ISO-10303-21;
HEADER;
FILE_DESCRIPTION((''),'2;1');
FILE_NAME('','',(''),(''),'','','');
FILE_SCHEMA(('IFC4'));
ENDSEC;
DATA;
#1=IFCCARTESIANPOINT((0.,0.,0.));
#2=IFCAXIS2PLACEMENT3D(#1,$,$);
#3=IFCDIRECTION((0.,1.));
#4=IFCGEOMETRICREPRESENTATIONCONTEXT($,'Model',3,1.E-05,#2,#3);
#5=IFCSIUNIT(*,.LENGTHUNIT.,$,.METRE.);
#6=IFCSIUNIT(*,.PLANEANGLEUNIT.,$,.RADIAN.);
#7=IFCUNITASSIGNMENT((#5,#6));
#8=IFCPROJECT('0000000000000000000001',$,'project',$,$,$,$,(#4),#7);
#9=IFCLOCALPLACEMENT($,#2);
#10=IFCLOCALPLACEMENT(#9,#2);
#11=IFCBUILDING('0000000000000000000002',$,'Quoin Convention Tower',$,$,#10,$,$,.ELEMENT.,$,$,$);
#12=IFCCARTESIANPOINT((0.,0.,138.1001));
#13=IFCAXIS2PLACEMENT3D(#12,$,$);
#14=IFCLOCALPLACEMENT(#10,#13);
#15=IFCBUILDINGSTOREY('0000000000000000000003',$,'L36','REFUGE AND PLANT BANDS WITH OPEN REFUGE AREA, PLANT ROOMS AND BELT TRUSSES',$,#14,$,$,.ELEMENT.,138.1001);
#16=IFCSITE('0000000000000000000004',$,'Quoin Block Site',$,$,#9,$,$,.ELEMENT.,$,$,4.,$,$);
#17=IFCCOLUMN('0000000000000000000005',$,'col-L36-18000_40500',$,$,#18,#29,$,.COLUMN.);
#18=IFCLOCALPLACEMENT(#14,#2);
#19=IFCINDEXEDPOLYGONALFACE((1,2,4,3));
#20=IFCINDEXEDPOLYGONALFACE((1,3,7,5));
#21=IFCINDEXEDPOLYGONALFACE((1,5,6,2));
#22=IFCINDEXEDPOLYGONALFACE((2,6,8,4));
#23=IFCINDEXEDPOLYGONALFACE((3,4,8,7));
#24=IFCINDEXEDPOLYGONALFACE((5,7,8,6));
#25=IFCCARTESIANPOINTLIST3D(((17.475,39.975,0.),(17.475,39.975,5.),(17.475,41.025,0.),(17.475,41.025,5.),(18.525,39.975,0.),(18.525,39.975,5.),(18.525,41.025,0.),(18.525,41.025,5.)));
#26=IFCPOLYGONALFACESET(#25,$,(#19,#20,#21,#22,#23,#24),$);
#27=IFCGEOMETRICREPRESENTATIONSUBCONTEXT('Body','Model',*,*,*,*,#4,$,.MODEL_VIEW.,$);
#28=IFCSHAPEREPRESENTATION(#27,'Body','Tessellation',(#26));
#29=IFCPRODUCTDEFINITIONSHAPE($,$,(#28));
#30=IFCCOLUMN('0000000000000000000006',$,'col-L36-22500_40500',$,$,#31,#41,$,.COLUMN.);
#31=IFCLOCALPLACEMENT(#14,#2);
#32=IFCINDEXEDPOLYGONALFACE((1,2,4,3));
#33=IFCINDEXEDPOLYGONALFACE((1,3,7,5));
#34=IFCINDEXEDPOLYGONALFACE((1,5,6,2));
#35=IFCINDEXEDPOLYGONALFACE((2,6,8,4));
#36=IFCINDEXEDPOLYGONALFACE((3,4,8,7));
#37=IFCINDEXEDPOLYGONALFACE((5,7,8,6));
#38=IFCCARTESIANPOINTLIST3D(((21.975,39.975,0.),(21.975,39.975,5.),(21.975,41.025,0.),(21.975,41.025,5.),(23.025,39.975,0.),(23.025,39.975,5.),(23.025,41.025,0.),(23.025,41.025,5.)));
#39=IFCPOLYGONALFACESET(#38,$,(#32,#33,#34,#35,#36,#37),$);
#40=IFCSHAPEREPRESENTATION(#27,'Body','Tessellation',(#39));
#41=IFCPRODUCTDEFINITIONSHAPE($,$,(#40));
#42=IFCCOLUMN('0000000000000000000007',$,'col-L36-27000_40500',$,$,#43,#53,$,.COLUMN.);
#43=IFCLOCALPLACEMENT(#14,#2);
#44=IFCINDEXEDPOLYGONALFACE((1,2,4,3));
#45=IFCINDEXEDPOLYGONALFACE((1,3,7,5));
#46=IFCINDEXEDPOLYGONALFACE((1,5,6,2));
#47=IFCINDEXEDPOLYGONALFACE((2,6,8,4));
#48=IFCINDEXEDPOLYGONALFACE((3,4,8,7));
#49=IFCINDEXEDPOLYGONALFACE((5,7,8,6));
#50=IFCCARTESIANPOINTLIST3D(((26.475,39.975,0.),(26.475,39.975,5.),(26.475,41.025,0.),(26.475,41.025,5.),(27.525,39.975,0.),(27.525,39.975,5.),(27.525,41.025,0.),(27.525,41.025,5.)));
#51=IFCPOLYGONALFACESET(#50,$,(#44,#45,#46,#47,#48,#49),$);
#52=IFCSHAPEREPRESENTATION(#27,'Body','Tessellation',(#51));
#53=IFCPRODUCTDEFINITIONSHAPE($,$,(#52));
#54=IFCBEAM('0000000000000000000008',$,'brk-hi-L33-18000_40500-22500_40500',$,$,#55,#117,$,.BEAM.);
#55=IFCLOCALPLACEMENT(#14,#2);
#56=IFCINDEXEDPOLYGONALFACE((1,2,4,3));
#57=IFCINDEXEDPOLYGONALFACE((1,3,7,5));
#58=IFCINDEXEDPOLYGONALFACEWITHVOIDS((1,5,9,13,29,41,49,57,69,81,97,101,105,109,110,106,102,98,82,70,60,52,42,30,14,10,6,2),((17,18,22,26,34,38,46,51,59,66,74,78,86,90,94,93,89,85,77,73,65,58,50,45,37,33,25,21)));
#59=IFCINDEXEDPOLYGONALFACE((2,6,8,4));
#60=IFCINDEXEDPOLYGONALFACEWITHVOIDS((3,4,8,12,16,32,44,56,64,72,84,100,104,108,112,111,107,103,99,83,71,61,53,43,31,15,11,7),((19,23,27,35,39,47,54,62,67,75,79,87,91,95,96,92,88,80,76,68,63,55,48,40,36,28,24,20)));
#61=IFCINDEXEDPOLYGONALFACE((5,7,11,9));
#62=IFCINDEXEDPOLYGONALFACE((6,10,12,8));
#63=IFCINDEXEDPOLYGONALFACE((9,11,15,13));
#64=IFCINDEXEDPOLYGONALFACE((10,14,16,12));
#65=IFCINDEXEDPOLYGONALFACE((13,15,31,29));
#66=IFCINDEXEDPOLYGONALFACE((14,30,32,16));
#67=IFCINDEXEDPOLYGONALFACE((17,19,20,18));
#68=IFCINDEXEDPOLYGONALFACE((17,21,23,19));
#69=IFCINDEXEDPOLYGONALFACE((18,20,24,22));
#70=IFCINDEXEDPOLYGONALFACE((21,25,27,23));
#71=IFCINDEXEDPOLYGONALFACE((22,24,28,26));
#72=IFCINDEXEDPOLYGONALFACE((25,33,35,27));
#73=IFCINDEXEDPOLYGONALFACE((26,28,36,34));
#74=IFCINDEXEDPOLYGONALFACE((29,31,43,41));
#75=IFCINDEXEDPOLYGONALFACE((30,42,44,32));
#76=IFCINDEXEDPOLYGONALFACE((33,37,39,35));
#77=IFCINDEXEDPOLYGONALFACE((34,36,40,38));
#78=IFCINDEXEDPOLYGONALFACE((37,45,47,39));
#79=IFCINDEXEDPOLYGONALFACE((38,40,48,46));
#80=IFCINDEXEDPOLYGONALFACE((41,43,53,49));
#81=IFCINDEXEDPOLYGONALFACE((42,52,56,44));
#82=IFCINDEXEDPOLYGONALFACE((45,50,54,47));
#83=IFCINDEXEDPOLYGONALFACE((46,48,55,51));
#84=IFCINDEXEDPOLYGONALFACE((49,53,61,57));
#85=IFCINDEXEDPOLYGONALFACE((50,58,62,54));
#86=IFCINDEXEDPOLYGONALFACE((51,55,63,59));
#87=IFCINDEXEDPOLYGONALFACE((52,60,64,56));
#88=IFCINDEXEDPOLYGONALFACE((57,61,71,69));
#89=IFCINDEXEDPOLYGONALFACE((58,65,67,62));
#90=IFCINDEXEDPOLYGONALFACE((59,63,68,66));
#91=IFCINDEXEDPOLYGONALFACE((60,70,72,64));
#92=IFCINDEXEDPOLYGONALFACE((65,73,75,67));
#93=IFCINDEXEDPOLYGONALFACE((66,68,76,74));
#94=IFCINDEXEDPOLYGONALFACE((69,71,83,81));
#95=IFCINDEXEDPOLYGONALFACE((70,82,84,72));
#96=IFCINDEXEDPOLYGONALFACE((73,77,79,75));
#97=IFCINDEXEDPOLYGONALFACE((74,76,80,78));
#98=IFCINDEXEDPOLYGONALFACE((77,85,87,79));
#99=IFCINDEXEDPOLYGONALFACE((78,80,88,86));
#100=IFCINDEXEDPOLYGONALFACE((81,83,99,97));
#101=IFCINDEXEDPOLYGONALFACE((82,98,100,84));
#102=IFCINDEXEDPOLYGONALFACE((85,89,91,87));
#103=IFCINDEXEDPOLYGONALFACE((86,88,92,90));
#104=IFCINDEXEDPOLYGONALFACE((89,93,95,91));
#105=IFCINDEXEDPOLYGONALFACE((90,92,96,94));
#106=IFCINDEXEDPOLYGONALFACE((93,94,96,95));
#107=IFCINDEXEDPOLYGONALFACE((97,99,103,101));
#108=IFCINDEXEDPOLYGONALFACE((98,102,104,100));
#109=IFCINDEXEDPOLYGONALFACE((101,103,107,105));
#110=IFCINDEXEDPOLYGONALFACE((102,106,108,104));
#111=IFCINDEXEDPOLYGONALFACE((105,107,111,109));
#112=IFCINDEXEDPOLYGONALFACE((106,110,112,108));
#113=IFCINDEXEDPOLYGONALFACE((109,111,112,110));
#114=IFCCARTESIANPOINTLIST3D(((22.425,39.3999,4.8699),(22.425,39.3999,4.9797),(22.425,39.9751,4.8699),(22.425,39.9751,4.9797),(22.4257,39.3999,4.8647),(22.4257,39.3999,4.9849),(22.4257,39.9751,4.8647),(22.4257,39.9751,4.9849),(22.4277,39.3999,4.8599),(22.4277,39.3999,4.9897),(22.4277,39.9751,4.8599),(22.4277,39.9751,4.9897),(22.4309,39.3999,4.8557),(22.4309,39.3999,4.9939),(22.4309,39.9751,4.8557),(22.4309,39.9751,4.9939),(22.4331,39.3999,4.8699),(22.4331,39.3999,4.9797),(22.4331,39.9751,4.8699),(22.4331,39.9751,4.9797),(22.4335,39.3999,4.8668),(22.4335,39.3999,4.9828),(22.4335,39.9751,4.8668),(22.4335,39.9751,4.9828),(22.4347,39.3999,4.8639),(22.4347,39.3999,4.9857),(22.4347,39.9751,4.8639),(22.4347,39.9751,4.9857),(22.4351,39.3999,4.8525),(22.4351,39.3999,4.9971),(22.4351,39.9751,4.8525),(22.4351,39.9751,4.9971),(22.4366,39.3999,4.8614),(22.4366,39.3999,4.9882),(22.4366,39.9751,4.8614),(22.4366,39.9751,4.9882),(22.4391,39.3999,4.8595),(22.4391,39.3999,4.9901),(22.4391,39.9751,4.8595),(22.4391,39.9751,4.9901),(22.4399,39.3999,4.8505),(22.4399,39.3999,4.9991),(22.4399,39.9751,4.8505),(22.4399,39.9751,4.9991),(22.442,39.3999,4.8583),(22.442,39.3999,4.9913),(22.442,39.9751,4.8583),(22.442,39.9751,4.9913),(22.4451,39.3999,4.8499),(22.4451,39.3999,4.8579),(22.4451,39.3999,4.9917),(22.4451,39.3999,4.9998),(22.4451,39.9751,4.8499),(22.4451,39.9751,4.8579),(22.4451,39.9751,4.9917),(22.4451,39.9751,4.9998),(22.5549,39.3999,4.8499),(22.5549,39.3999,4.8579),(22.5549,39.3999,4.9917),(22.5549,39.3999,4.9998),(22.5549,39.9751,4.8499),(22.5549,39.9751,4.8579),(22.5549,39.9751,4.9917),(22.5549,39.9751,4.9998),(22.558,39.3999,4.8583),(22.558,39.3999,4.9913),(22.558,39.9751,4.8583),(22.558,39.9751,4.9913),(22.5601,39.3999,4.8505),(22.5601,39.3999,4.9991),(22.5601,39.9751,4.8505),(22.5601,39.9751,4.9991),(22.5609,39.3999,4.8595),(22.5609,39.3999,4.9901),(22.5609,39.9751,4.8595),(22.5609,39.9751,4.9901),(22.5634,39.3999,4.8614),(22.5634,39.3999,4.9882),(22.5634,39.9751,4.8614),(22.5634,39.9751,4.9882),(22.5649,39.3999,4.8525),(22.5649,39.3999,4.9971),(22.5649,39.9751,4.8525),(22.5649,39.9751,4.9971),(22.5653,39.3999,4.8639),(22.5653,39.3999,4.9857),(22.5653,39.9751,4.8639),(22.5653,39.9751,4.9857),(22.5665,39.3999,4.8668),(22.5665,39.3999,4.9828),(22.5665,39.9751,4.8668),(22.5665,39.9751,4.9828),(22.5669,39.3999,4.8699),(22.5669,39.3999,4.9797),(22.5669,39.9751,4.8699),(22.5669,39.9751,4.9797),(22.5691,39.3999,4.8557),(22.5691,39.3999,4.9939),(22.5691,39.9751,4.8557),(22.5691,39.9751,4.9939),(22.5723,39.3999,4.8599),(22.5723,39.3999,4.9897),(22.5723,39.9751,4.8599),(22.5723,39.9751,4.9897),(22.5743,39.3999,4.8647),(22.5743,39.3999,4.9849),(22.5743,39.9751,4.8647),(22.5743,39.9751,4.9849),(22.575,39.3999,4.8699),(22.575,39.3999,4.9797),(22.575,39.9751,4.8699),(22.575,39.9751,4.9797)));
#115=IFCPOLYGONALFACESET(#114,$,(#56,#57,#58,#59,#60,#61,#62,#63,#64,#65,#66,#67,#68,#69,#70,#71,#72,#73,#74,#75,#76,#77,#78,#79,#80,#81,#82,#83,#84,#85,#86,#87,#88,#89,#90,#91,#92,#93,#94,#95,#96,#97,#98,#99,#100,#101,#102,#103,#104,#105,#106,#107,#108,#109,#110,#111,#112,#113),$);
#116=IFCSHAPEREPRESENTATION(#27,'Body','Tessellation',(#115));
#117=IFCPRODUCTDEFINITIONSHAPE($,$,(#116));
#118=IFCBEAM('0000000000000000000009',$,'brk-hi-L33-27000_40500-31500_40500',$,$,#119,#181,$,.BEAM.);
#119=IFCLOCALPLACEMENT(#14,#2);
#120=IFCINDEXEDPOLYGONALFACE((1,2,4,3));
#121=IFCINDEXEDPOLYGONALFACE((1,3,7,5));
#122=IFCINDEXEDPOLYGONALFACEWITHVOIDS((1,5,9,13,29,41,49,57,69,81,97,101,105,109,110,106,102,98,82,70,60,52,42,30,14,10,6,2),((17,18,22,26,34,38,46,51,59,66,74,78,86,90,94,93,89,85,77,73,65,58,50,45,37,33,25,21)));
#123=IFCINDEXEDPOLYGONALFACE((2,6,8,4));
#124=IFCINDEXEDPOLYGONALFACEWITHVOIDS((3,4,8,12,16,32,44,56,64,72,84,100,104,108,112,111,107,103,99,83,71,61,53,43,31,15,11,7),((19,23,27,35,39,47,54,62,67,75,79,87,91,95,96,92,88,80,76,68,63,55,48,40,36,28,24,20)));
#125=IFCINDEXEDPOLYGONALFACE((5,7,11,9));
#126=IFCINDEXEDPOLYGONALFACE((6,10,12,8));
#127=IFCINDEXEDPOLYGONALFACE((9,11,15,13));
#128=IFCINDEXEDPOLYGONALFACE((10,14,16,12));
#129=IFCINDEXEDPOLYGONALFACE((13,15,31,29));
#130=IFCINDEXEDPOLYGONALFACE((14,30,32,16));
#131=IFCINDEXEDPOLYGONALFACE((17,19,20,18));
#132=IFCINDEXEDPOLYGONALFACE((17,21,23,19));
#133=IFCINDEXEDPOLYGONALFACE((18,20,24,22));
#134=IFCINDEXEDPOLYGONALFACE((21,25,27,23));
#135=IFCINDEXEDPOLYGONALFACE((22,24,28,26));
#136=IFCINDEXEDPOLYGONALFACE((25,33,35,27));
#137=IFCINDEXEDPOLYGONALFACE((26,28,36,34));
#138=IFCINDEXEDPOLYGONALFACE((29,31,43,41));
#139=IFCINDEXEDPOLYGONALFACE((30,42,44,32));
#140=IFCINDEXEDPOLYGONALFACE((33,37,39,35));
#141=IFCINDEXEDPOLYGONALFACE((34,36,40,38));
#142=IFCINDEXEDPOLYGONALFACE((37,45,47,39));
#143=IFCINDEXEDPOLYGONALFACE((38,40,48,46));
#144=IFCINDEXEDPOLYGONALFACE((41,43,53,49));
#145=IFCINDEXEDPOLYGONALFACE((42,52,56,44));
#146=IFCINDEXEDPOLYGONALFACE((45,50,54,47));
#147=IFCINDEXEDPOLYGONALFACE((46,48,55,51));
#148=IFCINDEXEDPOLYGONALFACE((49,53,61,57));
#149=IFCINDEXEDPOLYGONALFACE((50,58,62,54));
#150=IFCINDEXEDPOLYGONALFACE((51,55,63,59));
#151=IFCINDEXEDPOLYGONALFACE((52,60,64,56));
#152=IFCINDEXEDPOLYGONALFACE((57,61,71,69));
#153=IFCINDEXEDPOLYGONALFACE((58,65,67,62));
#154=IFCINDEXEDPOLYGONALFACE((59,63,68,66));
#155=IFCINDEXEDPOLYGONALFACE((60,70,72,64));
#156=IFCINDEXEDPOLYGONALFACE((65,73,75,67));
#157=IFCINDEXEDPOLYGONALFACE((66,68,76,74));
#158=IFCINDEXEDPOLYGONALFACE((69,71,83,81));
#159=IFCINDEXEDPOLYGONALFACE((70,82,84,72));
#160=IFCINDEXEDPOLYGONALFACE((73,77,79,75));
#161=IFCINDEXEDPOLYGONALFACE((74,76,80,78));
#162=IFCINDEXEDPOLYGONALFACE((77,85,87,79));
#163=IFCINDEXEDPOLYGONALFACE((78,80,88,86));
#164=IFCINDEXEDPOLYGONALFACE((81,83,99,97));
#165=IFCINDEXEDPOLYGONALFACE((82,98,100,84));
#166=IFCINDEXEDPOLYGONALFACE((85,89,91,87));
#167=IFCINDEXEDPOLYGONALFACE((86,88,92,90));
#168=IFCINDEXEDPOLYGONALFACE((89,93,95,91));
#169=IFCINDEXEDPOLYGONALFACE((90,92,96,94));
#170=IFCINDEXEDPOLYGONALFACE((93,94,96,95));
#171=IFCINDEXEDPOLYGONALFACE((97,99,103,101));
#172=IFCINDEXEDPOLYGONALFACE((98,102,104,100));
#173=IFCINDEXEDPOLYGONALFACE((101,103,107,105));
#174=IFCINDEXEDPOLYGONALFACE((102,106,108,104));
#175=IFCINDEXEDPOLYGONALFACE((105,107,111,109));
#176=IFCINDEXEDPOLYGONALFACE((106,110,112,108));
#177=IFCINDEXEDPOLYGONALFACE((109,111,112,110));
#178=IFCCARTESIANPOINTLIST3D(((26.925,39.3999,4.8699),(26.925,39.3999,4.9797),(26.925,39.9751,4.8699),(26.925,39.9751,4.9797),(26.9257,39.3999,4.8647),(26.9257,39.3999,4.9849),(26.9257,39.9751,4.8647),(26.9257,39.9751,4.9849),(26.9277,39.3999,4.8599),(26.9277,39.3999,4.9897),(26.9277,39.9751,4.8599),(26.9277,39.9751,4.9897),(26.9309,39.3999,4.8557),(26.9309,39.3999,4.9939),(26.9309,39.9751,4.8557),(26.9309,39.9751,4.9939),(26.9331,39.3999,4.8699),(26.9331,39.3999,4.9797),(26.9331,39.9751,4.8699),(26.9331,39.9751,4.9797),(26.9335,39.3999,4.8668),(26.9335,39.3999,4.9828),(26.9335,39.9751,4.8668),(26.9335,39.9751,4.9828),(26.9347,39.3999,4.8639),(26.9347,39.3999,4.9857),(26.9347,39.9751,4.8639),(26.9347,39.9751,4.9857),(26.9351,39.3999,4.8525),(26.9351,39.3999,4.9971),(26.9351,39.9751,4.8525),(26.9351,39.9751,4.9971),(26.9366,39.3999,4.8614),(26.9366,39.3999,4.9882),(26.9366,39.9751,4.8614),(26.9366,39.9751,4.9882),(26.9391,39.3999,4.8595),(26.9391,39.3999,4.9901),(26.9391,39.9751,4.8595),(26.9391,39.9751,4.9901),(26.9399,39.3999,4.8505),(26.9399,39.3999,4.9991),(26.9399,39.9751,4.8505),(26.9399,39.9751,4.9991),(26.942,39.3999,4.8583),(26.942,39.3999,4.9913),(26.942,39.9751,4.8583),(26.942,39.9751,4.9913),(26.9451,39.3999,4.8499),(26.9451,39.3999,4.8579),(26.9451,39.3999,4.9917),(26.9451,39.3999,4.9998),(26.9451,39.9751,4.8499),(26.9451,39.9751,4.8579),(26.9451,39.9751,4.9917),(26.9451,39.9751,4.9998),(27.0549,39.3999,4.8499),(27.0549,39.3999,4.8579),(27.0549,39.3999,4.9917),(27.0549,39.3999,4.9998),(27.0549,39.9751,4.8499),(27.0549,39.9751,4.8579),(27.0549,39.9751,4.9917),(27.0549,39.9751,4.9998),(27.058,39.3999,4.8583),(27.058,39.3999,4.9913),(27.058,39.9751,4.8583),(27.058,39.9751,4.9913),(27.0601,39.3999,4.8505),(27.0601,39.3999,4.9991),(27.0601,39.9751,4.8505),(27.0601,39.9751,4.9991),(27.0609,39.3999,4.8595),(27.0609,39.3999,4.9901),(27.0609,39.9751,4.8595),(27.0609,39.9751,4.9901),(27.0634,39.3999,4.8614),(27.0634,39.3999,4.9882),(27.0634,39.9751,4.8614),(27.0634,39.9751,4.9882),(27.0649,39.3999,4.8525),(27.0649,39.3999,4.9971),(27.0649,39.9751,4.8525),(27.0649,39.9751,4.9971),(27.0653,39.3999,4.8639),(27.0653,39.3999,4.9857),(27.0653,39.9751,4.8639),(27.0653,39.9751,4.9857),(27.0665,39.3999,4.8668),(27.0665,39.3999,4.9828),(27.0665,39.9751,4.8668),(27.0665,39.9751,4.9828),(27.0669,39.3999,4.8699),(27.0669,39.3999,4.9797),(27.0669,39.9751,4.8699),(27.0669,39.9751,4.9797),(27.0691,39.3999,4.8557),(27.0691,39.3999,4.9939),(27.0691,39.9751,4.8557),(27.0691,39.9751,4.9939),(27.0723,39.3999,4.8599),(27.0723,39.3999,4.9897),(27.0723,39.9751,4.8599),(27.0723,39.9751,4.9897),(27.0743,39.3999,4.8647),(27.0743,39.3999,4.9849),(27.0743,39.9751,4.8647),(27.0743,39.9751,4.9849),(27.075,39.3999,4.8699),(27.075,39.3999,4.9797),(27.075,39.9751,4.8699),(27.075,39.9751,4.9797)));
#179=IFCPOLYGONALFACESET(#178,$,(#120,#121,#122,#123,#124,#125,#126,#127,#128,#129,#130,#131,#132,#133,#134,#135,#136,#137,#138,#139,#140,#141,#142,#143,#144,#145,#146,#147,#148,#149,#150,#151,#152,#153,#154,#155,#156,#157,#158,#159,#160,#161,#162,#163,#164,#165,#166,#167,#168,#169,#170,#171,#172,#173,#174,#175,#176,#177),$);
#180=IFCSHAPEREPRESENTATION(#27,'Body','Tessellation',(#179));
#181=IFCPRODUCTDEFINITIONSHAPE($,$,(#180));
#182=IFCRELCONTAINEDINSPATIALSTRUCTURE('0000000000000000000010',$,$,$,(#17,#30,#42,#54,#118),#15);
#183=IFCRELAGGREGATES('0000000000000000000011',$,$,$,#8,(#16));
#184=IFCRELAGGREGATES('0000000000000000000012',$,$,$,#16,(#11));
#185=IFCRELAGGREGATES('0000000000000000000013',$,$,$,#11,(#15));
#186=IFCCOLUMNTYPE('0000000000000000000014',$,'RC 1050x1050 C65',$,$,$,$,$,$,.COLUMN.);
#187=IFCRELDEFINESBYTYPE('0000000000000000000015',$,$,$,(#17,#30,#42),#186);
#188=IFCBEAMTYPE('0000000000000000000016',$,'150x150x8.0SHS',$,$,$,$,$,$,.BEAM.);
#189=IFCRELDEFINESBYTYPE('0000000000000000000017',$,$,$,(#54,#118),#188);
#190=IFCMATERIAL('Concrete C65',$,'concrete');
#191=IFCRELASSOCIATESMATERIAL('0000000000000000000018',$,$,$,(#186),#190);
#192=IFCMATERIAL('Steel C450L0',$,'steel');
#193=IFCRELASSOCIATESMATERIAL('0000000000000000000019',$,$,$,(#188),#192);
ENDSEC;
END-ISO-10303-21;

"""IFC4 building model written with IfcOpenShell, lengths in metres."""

from ifc_helpers import new_model, si_unit, direction, frame, origin, origin_2d, place, context, subcontext, project, spatial, rectangle, hollow_rectangle, extrude, material, material_profile, profile_set, type_object, element, save


model = new_model("IFC4")

# Units and contexts
model_context = context("Model", 3, precision=1e-05, world=origin(), true_north=direction((0.0, 1.0)))
body_context = subcontext(model_context, "Body", "Model", "MODEL_VIEW")
ifc_project = project(units=[si_unit("LENGTHUNIT", "METRE"), si_unit("PLANEANGLEUNIT", "RADIAN")], contexts=[model_context])

# Site, building, storey
site_placement = place(None, origin())
site = spatial("IfcSite", under=ifc_project, at=site_placement, Name="Quoin Block Site", CompositionType="ELEMENT", RefElevation=4.0)
building_placement = place(site_placement, origin())
building = spatial("IfcBuilding", under=site, at=building_placement, Name="Quoin Convention Tower", CompositionType="ELEMENT")
storey_placement = place(building_placement, frame((0.0, 0.0, 138.1001)))
storey = spatial("IfcBuildingStorey", under=building, at=storey_placement, Name="L36", Description="REFUGE AND PLANT BANDS WITH OPEN REFUGE AREA, PLANT ROOMS AND BELT TRUSSES", CompositionType="ELEMENT", Elevation=138.1001)

# Columns
ifc_material_1 = material(Name="Concrete C65", Category="concrete")
ifc_material_profile_1 = material_profile(ifc_material_1, rectangle(XDim=1.05, YDim=1.05, at=origin_2d()), Name="RC 1050x1050")
ifc_profile_set_1 = profile_set([ifc_material_profile_1], Name="Concrete C65")
column_type = type_object("IfcColumnType", Name="RC 1050x1050 C65", PredefinedType="COLUMN", material=ifc_profile_set_1)
for number, where, z_axis, x_axis, name in (
    (1, (18.0, 40.5, 0.0), (0.0, 0.0, 1.0), (1.0, 0.0, 0.0), "col-L36-18000_40500"),
    (2, (22.5, 40.5, 0.0), (0.0, 0.0, 1.0), (1.0, 0.0, 0.0), "col-L36-22500_40500"),
    (3, (27.0, 40.5, 0.0), (0.0, 0.0, 1.0), (1.0, 0.0, 0.0), "col-L36-27000_40500"),
):
    element("IfcColumn", number, at=place(storey_placement, frame(where, z_axis=z_axis, x_axis=x_axis)), inside=storey, type_object=column_type, Name=name, PredefinedType="COLUMN", context=body_context, shape_type="SweptSolid", body=[
        extrude(rectangle(XDim=1.05, YDim=1.05, at=origin_2d()), origin(), (0.0, 0.0, 1.0), 5.0),
    ])

# Beams
ifc_material_2 = material(Name="Steel C450L0", Category="steel")
ifc_material_profile_2 = material_profile(ifc_material_2, hollow_rectangle(XDim=0.1499, YDim=0.1499, WallThickness=0.0081, InnerFilletRadius=0.012, OuterFilletRadius=0.02, at=origin_2d()), Name="150x150x8.0SHS")
ifc_profile_set_2 = profile_set([ifc_material_profile_2], Name="Steel C450L0")
beam_type_1 = type_object("IfcBeamType", Name="150x150x8.0SHS", PredefinedType="BEAM", material=ifc_profile_set_2)
for number, where, z_axis, x_axis, name in (
    (4, (22.5, 39.9751, 4.9248), (0.0, -1.0, 0.0), (1.0, 0.0, 0.0), "brk-hi-L33-18000_40500-22500_40500"),
    (5, (27.0, 39.9751, 4.9248), (0.0, -1.0, 0.0), (1.0, 0.0, 0.0), "brk-hi-L33-27000_40500-31500_40500"),
):
    element("IfcBeam", number, at=place(storey_placement, frame(where, z_axis=z_axis, x_axis=x_axis)), inside=storey, type_object=beam_type_1, Name=name, PredefinedType="BEAM", context=body_context, shape_type="SweptSolid", body=[
        extrude(hollow_rectangle(XDim=0.1499, YDim=0.1499, WallThickness=0.0081, InnerFilletRadius=0.012, OuterFilletRadius=0.02, at=origin_2d()), origin(), (0.0, 0.0, 1.0), 0.5752),
    ])

save(model, "model.ifc")
